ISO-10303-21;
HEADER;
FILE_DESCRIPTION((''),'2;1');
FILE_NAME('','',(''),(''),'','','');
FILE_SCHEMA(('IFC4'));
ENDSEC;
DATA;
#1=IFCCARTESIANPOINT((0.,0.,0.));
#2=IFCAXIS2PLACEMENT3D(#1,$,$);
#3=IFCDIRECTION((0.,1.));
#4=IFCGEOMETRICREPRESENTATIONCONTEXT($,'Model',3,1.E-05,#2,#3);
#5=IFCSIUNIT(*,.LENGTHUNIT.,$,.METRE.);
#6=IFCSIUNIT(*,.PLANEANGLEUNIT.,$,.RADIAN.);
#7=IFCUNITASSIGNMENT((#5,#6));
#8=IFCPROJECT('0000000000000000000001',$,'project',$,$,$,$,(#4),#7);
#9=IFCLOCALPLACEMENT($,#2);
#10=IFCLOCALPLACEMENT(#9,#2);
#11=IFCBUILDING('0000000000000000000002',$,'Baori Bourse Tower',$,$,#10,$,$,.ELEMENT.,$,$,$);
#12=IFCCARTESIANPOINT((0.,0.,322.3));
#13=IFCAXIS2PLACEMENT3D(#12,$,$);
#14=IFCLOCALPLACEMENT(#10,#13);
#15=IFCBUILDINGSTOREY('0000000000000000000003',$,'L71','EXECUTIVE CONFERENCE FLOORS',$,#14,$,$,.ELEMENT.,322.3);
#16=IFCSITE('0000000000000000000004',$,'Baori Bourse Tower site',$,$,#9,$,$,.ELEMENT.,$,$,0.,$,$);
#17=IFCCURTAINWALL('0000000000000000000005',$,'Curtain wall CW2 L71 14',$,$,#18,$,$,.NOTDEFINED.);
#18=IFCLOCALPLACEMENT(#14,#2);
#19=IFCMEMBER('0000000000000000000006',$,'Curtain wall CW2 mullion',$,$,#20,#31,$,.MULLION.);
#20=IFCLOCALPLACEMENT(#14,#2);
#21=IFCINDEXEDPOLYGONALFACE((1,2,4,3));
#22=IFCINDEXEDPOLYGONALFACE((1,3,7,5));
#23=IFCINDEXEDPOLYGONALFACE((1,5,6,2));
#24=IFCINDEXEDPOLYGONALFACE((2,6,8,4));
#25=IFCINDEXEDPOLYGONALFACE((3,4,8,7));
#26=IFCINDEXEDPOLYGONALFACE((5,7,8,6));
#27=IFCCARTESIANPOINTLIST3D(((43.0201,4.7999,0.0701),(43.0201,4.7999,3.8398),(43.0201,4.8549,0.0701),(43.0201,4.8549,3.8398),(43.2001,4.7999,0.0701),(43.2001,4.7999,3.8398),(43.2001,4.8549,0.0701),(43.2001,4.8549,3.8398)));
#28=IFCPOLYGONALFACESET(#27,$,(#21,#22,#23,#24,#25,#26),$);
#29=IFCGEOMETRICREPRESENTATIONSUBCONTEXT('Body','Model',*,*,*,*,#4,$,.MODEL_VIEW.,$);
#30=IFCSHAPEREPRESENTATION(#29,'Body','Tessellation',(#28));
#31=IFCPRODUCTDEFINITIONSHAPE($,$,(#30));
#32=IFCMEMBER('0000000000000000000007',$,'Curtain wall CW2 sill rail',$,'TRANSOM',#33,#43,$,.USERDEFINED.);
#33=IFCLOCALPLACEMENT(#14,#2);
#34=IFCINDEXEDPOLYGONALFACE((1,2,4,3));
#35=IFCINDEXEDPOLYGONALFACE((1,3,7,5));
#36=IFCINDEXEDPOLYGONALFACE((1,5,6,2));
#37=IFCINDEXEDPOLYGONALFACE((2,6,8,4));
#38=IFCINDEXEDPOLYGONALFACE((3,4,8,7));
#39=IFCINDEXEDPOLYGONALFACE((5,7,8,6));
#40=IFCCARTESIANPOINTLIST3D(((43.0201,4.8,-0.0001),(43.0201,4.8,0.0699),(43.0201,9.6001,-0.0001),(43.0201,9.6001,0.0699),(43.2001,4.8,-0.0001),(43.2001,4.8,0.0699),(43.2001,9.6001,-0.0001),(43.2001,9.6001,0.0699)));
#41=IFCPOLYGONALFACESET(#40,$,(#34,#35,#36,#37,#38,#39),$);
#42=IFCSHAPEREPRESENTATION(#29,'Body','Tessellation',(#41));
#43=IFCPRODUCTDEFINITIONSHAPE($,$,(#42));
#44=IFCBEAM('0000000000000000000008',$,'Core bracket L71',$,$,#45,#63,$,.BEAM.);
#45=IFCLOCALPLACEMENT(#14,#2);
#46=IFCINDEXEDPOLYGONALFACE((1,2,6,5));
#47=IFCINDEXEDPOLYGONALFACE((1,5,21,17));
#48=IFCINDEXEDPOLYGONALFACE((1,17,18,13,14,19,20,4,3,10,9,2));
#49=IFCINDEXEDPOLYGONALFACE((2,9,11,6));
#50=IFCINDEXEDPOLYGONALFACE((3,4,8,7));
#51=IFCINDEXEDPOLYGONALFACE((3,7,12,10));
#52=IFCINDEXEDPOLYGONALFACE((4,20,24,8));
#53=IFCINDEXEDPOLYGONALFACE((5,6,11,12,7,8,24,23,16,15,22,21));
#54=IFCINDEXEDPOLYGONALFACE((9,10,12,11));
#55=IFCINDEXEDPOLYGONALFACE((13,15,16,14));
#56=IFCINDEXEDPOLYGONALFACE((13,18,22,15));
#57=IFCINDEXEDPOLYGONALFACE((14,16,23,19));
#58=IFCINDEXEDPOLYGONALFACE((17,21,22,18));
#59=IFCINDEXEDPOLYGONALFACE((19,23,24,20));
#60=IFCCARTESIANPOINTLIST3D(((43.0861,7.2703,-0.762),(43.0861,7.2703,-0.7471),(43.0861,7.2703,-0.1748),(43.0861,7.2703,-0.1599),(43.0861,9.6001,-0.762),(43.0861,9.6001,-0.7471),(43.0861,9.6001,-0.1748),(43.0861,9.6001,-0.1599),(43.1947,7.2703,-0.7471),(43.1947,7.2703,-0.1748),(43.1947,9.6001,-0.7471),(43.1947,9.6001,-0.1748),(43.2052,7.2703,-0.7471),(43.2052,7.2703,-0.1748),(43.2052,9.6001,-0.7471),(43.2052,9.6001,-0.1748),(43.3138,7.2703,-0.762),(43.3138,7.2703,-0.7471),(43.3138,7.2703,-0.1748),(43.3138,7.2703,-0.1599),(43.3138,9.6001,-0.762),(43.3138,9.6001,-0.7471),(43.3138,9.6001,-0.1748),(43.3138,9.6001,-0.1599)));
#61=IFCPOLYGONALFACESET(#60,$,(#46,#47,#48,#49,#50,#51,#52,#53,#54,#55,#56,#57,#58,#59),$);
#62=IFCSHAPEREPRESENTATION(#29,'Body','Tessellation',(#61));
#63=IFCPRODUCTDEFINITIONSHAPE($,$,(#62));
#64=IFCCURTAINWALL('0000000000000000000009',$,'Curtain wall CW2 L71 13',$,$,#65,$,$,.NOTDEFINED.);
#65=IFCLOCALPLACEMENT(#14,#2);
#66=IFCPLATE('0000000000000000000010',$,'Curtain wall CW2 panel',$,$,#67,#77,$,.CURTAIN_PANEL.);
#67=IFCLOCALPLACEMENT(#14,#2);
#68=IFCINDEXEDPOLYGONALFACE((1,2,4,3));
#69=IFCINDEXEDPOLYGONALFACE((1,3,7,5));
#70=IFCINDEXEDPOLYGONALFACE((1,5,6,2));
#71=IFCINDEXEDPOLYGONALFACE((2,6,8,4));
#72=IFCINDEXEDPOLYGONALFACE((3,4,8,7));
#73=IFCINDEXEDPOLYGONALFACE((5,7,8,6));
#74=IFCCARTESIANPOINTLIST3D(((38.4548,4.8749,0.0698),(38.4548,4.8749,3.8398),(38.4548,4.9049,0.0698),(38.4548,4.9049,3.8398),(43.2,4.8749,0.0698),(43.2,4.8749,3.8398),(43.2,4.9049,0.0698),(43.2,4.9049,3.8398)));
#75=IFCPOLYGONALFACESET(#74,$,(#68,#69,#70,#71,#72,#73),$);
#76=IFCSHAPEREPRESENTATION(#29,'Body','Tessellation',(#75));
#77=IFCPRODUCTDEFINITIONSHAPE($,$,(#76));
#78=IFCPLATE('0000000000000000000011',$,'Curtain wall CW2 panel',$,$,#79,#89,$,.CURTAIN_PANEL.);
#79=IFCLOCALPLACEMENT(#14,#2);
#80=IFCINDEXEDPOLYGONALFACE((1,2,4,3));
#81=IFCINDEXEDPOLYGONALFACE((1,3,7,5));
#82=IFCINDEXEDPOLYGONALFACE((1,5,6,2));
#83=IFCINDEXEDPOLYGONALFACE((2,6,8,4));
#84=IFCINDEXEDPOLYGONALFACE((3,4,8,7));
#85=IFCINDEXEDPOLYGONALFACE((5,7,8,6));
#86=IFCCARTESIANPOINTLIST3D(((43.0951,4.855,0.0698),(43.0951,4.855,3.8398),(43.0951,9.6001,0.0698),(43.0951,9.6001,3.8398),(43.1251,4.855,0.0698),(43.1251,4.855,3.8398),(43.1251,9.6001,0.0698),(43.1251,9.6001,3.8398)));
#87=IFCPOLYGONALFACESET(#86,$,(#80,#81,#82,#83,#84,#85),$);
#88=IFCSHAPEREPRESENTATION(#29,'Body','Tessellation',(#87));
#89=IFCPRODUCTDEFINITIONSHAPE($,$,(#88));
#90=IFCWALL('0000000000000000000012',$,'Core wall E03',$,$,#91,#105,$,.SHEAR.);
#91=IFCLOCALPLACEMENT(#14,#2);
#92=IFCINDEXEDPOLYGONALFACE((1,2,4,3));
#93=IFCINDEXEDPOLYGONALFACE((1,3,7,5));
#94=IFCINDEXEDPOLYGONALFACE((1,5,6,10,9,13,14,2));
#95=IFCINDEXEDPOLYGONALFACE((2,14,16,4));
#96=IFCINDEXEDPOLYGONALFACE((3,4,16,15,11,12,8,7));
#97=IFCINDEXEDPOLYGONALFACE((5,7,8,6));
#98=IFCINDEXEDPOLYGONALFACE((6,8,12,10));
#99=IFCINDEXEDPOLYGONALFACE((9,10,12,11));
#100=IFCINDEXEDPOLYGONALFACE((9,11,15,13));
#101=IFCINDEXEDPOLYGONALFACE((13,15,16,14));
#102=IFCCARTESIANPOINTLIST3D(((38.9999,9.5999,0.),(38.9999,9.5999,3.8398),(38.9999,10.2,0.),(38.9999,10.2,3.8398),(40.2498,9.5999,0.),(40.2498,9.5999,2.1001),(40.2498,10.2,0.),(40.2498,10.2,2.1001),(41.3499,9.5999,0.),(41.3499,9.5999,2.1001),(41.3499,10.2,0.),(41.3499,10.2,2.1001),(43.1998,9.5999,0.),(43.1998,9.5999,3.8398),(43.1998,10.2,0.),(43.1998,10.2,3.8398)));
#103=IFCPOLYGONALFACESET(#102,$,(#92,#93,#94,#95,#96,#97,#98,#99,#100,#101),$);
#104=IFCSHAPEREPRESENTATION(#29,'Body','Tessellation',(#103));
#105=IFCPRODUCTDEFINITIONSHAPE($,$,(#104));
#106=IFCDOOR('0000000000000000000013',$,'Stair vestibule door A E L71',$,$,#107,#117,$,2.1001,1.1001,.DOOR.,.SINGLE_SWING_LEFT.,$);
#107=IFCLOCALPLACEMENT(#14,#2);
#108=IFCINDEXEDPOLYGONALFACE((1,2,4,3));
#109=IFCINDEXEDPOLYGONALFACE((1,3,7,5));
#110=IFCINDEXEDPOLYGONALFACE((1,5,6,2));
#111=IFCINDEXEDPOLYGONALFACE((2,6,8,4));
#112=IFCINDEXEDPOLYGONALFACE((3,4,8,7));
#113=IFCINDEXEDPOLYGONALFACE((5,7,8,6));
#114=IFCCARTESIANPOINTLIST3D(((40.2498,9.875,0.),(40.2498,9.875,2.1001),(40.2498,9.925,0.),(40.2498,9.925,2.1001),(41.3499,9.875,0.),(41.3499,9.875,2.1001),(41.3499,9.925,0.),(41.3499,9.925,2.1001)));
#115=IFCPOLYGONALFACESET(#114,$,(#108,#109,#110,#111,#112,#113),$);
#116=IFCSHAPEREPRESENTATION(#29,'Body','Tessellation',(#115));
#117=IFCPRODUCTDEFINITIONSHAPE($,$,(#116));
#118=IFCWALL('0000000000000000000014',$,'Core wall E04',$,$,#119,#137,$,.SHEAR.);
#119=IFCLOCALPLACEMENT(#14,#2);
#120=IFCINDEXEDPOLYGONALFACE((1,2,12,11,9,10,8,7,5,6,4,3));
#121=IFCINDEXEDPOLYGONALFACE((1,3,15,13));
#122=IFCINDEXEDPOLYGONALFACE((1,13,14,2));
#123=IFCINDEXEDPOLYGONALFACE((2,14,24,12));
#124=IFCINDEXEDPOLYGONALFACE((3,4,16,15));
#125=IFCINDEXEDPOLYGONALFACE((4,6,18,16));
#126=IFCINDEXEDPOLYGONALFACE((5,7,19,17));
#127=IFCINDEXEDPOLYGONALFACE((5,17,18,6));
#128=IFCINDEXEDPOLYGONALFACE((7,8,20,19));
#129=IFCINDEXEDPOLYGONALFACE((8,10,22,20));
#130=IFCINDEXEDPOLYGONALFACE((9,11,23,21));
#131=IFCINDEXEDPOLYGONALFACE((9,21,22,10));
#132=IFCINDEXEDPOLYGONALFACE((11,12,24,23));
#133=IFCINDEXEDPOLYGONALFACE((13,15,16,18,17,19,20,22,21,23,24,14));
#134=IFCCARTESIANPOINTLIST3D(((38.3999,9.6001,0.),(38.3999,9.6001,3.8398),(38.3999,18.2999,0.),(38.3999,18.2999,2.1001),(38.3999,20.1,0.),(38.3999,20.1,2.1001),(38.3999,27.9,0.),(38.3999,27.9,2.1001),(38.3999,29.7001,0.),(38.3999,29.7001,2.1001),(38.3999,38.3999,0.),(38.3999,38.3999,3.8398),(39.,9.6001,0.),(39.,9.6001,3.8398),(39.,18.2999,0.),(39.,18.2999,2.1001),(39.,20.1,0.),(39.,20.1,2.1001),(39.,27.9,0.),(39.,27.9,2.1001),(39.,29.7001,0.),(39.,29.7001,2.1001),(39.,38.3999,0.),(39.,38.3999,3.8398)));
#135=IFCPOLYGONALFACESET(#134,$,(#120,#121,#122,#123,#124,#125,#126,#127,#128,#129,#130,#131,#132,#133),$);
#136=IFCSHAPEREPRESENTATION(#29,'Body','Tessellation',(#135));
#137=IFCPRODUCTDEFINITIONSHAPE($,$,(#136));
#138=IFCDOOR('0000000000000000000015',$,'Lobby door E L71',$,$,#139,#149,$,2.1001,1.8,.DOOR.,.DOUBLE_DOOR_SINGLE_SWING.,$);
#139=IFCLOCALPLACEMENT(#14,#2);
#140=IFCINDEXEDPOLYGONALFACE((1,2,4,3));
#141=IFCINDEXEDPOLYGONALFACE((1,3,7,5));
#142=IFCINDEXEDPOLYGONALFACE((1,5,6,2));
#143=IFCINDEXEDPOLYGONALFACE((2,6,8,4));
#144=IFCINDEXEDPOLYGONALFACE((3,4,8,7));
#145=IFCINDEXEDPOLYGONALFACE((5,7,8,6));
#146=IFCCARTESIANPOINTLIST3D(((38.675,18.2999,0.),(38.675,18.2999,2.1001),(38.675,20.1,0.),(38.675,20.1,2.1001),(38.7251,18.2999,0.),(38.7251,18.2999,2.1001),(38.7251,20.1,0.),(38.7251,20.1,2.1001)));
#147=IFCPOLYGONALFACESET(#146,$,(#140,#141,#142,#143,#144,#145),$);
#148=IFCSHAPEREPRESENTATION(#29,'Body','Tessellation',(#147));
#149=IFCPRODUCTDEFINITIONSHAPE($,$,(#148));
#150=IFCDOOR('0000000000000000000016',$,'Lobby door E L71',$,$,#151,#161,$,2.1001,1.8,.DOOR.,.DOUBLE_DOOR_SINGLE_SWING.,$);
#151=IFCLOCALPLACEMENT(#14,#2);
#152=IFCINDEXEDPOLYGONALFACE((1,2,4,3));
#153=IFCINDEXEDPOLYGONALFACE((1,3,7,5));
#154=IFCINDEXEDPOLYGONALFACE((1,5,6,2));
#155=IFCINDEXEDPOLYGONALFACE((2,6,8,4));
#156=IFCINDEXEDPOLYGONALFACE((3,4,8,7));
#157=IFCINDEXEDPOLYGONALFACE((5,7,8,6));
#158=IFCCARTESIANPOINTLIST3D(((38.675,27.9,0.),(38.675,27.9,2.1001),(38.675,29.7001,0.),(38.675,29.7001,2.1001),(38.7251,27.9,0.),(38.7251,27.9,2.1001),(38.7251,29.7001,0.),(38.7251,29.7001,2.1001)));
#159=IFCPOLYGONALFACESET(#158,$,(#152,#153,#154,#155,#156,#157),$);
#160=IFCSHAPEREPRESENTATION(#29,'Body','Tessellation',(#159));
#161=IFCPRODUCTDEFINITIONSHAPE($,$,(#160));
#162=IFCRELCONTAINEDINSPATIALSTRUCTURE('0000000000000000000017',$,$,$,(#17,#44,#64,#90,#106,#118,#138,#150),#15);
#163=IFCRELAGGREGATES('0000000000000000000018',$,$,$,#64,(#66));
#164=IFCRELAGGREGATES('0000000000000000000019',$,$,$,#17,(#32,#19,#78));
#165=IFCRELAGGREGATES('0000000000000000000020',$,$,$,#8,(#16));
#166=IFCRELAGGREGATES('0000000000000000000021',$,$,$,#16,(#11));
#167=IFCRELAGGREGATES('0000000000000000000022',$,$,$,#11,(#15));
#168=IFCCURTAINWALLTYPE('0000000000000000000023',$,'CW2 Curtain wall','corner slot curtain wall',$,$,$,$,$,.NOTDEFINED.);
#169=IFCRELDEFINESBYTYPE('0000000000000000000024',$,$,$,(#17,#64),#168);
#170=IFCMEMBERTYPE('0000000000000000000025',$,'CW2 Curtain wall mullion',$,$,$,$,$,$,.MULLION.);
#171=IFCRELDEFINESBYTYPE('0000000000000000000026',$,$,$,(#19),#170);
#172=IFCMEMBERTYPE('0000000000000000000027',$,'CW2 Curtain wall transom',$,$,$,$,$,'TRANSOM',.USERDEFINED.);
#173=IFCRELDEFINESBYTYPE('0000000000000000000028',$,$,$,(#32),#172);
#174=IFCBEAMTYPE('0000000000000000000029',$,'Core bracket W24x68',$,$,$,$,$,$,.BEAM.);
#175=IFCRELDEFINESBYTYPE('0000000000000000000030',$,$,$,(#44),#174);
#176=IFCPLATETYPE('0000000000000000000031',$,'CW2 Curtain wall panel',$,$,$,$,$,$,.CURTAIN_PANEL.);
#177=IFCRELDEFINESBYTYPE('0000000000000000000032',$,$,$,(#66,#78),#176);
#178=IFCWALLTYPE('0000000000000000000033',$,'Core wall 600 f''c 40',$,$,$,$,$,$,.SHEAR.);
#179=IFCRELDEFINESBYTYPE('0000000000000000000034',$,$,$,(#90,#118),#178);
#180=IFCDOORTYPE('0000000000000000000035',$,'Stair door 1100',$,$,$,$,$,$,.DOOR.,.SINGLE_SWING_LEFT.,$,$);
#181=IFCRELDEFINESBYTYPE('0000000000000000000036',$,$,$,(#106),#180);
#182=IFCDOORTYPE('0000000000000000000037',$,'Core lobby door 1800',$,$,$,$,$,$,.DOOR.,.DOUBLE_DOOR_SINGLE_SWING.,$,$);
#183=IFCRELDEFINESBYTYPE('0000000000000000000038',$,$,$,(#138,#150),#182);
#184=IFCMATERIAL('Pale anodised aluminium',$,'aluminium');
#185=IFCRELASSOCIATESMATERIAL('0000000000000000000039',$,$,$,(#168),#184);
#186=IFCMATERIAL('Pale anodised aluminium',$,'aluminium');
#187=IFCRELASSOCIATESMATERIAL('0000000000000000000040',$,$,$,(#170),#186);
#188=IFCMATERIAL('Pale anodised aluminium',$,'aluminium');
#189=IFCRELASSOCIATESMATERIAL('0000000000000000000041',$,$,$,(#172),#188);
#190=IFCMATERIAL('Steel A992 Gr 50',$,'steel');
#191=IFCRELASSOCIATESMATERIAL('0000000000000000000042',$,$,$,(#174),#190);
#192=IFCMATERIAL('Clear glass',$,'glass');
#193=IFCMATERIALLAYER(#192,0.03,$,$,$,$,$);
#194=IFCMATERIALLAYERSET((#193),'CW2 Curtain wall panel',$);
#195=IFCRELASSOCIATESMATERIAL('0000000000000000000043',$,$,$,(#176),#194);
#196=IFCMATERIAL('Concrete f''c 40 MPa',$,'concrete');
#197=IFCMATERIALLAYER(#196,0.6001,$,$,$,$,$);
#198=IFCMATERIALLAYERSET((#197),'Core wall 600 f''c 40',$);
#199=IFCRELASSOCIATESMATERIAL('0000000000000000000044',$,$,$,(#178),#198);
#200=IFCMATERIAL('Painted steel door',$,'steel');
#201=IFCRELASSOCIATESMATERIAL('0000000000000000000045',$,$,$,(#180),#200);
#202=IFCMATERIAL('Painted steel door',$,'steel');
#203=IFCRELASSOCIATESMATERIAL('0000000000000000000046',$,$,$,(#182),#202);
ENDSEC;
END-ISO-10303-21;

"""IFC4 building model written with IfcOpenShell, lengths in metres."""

from ifc_helpers import new_model, si_unit, direction, frame, frame_2d, origin, origin_2d, place, context, subcontext, project, spatial, rectangle, i_section, extrude, material, layer, layer_set, material_profile, profile_set, type_object, element, fill, aggregate, save


model = new_model("IFC4")

# Units and contexts
model_context = context("Model", 3, precision=1e-05, world=origin(), true_north=direction((0.0, 1.0)))
body_context = subcontext(model_context, "Body", "Model", "MODEL_VIEW")
ifc_project = project(units=[si_unit("LENGTHUNIT", "METRE"), si_unit("PLANEANGLEUNIT", "RADIAN")], contexts=[model_context])

# Site, building, storey
site_placement = place(None, origin())
site = spatial("IfcSite", under=ifc_project, at=site_placement, Name="Baori Bourse Tower site", CompositionType="ELEMENT", RefElevation=0.0)
building_placement = place(site_placement, origin())
building = spatial("IfcBuilding", under=site, at=building_placement, Name="Baori Bourse Tower", CompositionType="ELEMENT")
storey_placement = place(building_placement, frame((0.0, 0.0, 322.3)))
storey = spatial("IfcBuildingStorey", under=building, at=storey_placement, Name="L71", Description="EXECUTIVE CONFERENCE FLOORS", CompositionType="ELEMENT", Elevation=322.3)

# Curtain wall, members
ifc_material_1 = material(Name="Pale anodised aluminium", Category="aluminium")
curtain_wall_type = type_object("IfcCurtainWallType", Name="CW2 Curtain wall", Description="corner slot curtain wall", PredefinedType="NOTDEFINED", material=ifc_material_1)
curtain_wall_1_placement = place(storey_placement, origin())
curtain_wall_1 = element("IfcCurtainWall", 1, at=curtain_wall_1_placement, inside=storey, type_object=curtain_wall_type, Name="Curtain wall CW2 L71 14", PredefinedType="NOTDEFINED")
ifc_material_2 = material(Name="Pale anodised aluminium", Category="aluminium")
ifc_material_profile_1 = material_profile(ifc_material_2, rectangle(XDim=0.1799, YDim=0.0549, at=origin_2d()), Name="Mullion 55x180")
ifc_profile_set_1 = profile_set([ifc_material_profile_1], Name="Pale anodised aluminium")
member_type_1 = type_object("IfcMemberType", Name="CW2 Curtain wall mullion", PredefinedType="MULLION", material=ifc_profile_set_1)
member_1_placement = place(storey_placement, frame((43.1101, 4.8274, 0.0701), z_axis=(0.0, 0.0, 1.0), x_axis=(-1.0, 0.0, 0.0)))
member_1 = element("IfcMember", 2, at=member_1_placement, type_object=member_type_1, Name="Curtain wall CW2 mullion", PredefinedType="MULLION", context=body_context, shape_type="SweptSolid", body=[
    extrude(rectangle(XDim=0.1799, YDim=0.0549, at=origin_2d()), origin(), (0.0, 0.0, 1.0), 3.7698),
])
ifc_material_3 = material(Name="Pale anodised aluminium", Category="aluminium")
ifc_material_profile_2 = material_profile(ifc_material_3, rectangle(XDim=0.1799, YDim=0.0701, at=origin_2d()), Name="Transom 70x180")
ifc_profile_set_2 = profile_set([ifc_material_profile_2], Name="Pale anodised aluminium")
member_type_2 = type_object("IfcMemberType", Name="CW2 Curtain wall transom", ElementType="TRANSOM", PredefinedType="USERDEFINED", material=ifc_profile_set_2)
member_2_placement = place(storey_placement, frame((43.1101, 4.8, 0.0349), z_axis=(0.0, 1.0, 0.0), x_axis=(-1.0, 0.0, 0.0)))
member_2 = element("IfcMember", 3, at=member_2_placement, type_object=member_type_2, Name="Curtain wall CW2 sill rail", ObjectType="TRANSOM", PredefinedType="USERDEFINED", context=body_context, shape_type="SweptSolid", body=[
    extrude(rectangle(XDim=0.1799, YDim=0.0701, at=origin_2d()), origin(), (0.0, 0.0, 1.0), 4.8),
])

# Beam
ifc_material_4 = material(Name="Steel A992 Gr 50", Category="steel")
ifc_material_profile_3 = material_profile(ifc_material_4, i_section(OverallWidth=0.2278, OverallDepth=0.6021, WebThickness=0.0105, FlangeThickness=0.0149, at=origin_2d()), Name="W24x68")
ifc_profile_set_3 = profile_set([ifc_material_profile_3], Name="Steel A992 Gr 50")
beam_type = type_object("IfcBeamType", Name="Core bracket W24x68", PredefinedType="BEAM", material=ifc_profile_set_3)
beam_placement = place(storey_placement, frame((43.2, 7.2703, -0.4609), z_axis=(0.0, 1.0, 0.0), x_axis=(-1.0, 0.0, 0.0)))
element("IfcBeam", 4, at=beam_placement, inside=storey, type_object=beam_type, Name="Core bracket L71", PredefinedType="BEAM", context=body_context, shape_type="SweptSolid", body=[
    extrude(i_section(OverallWidth=0.2278, OverallDepth=0.6021, WebThickness=0.0105, FlangeThickness=0.0149, at=origin_2d()), origin(), (0.0, 0.0, 1.0), 2.3298),
])

# Curtain wall, plate
curtain_wall_2_placement = place(storey_placement, origin())
curtain_wall_2 = element("IfcCurtainWall", 5, at=curtain_wall_2_placement, inside=storey, type_object=curtain_wall_type, Name="Curtain wall CW2 L71 13", PredefinedType="NOTDEFINED")
ifc_material_5 = material(Name="Clear glass", Category="glass")
ifc_layer_1 = layer(ifc_material_5, 0.03)
ifc_layer_set_1 = layer_set([ifc_layer_1], Name="CW2 Curtain wall panel")
plate_type = type_object("IfcPlateType", Name="CW2 Curtain wall panel", PredefinedType="CURTAIN_PANEL", material=ifc_layer_set_1)
plate_1_placement = place(storey_placement, frame((40.8274, 4.8899, 0.0698), z_axis=(0.0, 0.0, 1.0), x_axis=(1.0, 0.0, 0.0)))
plate_1 = element("IfcPlate", 6, at=plate_1_placement, type_object=plate_type, Name="Curtain wall CW2 panel", PredefinedType="CURTAIN_PANEL", context=body_context, shape_type="SweptSolid", body=[
    extrude(rectangle(XDim=4.7451, YDim=0.03, at=origin_2d()), origin(), (0.0, 0.0, 1.0), 3.77),
])
aggregate(curtain_wall_2, [plate_1])

# Plate
plate_2_placement = place(storey_placement, frame((43.1101, 7.2275, 0.0698), z_axis=(0.0, 0.0, 1.0), x_axis=(0.0, 1.0, 0.0)))
plate_2 = element("IfcPlate", 7, at=plate_2_placement, type_object=plate_type, Name="Curtain wall CW2 panel", PredefinedType="CURTAIN_PANEL", context=body_context, shape_type="SweptSolid", body=[
    extrude(rectangle(XDim=4.7451, YDim=0.03, at=origin_2d()), origin(), (0.0, 0.0, 1.0), 3.77),
])
aggregate(curtain_wall_1, [member_2, member_1, plate_2])

# Wall, opening, door
ifc_material_6 = material(Name="Concrete f'c 40 MPa", Category="concrete")
ifc_layer_2 = layer(ifc_material_6, 0.6001)
ifc_layer_set_2 = layer_set([ifc_layer_2], Name="Core wall 600 f'c 40")
wall_type_1 = type_object("IfcWallType", Name="Core wall 600 f'c 40", PredefinedType="SHEAR", material=ifc_layer_set_2)
wall_1_placement = place(storey_placement, frame((43.2, 9.8999, 0.0), z_axis=(0.0, 0.0, 1.0), x_axis=(-1.0, 0.0, 0.0)))
wall_1 = element("IfcWall", 8, at=wall_1_placement, inside=storey, type_object=wall_type_1, Name="Core wall E03", PredefinedType="SHEAR", context=body_context, shape_type="SweptSolid", body=[
    extrude(rectangle(XDim=4.2, YDim=0.6001, at=frame_2d((2.1001, 0.0))), origin(), (0.0, 0.0, 1.0), 3.8398),
])
opening_1_placement = place(wall_1_placement, frame((1.8501, 0.0, 0.0)))
opening_1 = element("IfcOpeningElement", 9, at=opening_1_placement, cuts=wall_1, PredefinedType="OPENING", context=body_context, shape_type="SweptSolid", body=[
    extrude(rectangle(XDim=1.1001, YDim=2.1001, at=frame_2d((0.55, 1.05))), frame((0.0, 0.3101, 0.0), z_axis=(0.0, -1.0, 0.0), x_axis=(1.0, 0.0, 0.0)), (0.0, 0.0, 1.0), 0.6201),
])
ifc_material_7 = material(Name="Painted steel door", Category="steel")
door_type_1 = type_object("IfcDoorType", Name="Stair door 1100", OperationType="SINGLE_SWING_LEFT", PredefinedType="DOOR", material=ifc_material_7)
door_1_placement = place(opening_1_placement, origin())
door_1 = element("IfcDoor", 10, at=door_1_placement, inside=storey, type_object=door_type_1, Name="Stair vestibule door A E L71", OperationType="SINGLE_SWING_LEFT", OverallHeight=2.1001, OverallWidth=1.1001, PredefinedType="DOOR", context=body_context, shape_type="SweptSolid", body=[
    extrude(rectangle(XDim=1.1001, YDim=2.1001, at=frame_2d((0.55, 1.05))), frame((0.0, 0.0249, 0.0), z_axis=(0.0, -1.0, 0.0), x_axis=(1.0, 0.0, 0.0)), (0.0, 0.0, 1.0), 0.05),
])
fill(opening_1, door_1)

# Wall, openings, doors
wall_2_placement = place(storey_placement, frame((38.7, 9.6001, 0.0), z_axis=(0.0, 0.0, 1.0), x_axis=(0.0, 1.0, 0.0)))
wall_2 = element("IfcWall", 11, at=wall_2_placement, inside=storey, type_object=wall_type_1, Name="Core wall E04", PredefinedType="SHEAR", context=body_context, shape_type="SweptSolid", body=[
    extrude(rectangle(XDim=28.7998, YDim=0.6001, at=frame_2d((14.3999, 0.0))), origin(), (0.0, 0.0, 1.0), 3.8398),
])
opening_2_placement = place(wall_2_placement, frame((8.7, 0.0, 0.0)))
opening_2 = element("IfcOpeningElement", 12, at=opening_2_placement, cuts=wall_2, PredefinedType="OPENING", context=body_context, shape_type="SweptSolid", body=[
    extrude(rectangle(XDim=1.8, YDim=2.1001, at=frame_2d((0.8999, 1.05))), frame((0.0, 0.3101, 0.0), z_axis=(0.0, -1.0, 0.0), x_axis=(1.0, 0.0, 0.0)), (0.0, 0.0, 1.0), 0.6201),
])
opening_3_placement = place(wall_2_placement, frame((18.3, 0.0, 0.0)))
opening_3 = element("IfcOpeningElement", 13, at=opening_3_placement, cuts=wall_2, PredefinedType="OPENING", context=body_context, shape_type="SweptSolid", body=[
    extrude(rectangle(XDim=1.8, YDim=2.1001, at=frame_2d((0.8999, 1.05))), frame((0.0, 0.3101, 0.0), z_axis=(0.0, -1.0, 0.0), x_axis=(1.0, 0.0, 0.0)), (0.0, 0.0, 1.0), 0.6201),
])
ifc_material_8 = material(Name="Painted steel door", Category="steel")
door_type_2 = type_object("IfcDoorType", Name="Core lobby door 1800", OperationType="DOUBLE_DOOR_SINGLE_SWING", PredefinedType="DOOR", material=ifc_material_8)
door_2_placement = place(opening_2_placement, origin())
door_2 = element("IfcDoor", 14, at=door_2_placement, inside=storey, type_object=door_type_2, Name="Lobby door E L71", OperationType="DOUBLE_DOOR_SINGLE_SWING", OverallHeight=2.1001, OverallWidth=1.8, PredefinedType="DOOR", context=body_context, shape_type="SweptSolid", body=[
    extrude(rectangle(XDim=1.8, YDim=2.1001, at=frame_2d((0.8999, 1.05))), frame((0.0, 0.0249, 0.0), z_axis=(0.0, -1.0, 0.0), x_axis=(1.0, 0.0, 0.0)), (0.0, 0.0, 1.0), 0.05),
])
fill(opening_2, door_2)
door_3_placement = place(opening_3_placement, origin())
door_3 = element("IfcDoor", 15, at=door_3_placement, inside=storey, type_object=door_type_2, Name="Lobby door E L71", OperationType="DOUBLE_DOOR_SINGLE_SWING", OverallHeight=2.1001, OverallWidth=1.8, PredefinedType="DOOR", context=body_context, shape_type="SweptSolid", body=[
    extrude(rectangle(XDim=1.8, YDim=2.1001, at=frame_2d((0.8999, 1.05))), frame((0.0, 0.0249, 0.0), z_axis=(0.0, -1.0, 0.0), x_axis=(1.0, 0.0, 0.0)), (0.0, 0.0, 1.0), 0.05),
])
fill(opening_3, door_3)

save(model, "model.ifc")
